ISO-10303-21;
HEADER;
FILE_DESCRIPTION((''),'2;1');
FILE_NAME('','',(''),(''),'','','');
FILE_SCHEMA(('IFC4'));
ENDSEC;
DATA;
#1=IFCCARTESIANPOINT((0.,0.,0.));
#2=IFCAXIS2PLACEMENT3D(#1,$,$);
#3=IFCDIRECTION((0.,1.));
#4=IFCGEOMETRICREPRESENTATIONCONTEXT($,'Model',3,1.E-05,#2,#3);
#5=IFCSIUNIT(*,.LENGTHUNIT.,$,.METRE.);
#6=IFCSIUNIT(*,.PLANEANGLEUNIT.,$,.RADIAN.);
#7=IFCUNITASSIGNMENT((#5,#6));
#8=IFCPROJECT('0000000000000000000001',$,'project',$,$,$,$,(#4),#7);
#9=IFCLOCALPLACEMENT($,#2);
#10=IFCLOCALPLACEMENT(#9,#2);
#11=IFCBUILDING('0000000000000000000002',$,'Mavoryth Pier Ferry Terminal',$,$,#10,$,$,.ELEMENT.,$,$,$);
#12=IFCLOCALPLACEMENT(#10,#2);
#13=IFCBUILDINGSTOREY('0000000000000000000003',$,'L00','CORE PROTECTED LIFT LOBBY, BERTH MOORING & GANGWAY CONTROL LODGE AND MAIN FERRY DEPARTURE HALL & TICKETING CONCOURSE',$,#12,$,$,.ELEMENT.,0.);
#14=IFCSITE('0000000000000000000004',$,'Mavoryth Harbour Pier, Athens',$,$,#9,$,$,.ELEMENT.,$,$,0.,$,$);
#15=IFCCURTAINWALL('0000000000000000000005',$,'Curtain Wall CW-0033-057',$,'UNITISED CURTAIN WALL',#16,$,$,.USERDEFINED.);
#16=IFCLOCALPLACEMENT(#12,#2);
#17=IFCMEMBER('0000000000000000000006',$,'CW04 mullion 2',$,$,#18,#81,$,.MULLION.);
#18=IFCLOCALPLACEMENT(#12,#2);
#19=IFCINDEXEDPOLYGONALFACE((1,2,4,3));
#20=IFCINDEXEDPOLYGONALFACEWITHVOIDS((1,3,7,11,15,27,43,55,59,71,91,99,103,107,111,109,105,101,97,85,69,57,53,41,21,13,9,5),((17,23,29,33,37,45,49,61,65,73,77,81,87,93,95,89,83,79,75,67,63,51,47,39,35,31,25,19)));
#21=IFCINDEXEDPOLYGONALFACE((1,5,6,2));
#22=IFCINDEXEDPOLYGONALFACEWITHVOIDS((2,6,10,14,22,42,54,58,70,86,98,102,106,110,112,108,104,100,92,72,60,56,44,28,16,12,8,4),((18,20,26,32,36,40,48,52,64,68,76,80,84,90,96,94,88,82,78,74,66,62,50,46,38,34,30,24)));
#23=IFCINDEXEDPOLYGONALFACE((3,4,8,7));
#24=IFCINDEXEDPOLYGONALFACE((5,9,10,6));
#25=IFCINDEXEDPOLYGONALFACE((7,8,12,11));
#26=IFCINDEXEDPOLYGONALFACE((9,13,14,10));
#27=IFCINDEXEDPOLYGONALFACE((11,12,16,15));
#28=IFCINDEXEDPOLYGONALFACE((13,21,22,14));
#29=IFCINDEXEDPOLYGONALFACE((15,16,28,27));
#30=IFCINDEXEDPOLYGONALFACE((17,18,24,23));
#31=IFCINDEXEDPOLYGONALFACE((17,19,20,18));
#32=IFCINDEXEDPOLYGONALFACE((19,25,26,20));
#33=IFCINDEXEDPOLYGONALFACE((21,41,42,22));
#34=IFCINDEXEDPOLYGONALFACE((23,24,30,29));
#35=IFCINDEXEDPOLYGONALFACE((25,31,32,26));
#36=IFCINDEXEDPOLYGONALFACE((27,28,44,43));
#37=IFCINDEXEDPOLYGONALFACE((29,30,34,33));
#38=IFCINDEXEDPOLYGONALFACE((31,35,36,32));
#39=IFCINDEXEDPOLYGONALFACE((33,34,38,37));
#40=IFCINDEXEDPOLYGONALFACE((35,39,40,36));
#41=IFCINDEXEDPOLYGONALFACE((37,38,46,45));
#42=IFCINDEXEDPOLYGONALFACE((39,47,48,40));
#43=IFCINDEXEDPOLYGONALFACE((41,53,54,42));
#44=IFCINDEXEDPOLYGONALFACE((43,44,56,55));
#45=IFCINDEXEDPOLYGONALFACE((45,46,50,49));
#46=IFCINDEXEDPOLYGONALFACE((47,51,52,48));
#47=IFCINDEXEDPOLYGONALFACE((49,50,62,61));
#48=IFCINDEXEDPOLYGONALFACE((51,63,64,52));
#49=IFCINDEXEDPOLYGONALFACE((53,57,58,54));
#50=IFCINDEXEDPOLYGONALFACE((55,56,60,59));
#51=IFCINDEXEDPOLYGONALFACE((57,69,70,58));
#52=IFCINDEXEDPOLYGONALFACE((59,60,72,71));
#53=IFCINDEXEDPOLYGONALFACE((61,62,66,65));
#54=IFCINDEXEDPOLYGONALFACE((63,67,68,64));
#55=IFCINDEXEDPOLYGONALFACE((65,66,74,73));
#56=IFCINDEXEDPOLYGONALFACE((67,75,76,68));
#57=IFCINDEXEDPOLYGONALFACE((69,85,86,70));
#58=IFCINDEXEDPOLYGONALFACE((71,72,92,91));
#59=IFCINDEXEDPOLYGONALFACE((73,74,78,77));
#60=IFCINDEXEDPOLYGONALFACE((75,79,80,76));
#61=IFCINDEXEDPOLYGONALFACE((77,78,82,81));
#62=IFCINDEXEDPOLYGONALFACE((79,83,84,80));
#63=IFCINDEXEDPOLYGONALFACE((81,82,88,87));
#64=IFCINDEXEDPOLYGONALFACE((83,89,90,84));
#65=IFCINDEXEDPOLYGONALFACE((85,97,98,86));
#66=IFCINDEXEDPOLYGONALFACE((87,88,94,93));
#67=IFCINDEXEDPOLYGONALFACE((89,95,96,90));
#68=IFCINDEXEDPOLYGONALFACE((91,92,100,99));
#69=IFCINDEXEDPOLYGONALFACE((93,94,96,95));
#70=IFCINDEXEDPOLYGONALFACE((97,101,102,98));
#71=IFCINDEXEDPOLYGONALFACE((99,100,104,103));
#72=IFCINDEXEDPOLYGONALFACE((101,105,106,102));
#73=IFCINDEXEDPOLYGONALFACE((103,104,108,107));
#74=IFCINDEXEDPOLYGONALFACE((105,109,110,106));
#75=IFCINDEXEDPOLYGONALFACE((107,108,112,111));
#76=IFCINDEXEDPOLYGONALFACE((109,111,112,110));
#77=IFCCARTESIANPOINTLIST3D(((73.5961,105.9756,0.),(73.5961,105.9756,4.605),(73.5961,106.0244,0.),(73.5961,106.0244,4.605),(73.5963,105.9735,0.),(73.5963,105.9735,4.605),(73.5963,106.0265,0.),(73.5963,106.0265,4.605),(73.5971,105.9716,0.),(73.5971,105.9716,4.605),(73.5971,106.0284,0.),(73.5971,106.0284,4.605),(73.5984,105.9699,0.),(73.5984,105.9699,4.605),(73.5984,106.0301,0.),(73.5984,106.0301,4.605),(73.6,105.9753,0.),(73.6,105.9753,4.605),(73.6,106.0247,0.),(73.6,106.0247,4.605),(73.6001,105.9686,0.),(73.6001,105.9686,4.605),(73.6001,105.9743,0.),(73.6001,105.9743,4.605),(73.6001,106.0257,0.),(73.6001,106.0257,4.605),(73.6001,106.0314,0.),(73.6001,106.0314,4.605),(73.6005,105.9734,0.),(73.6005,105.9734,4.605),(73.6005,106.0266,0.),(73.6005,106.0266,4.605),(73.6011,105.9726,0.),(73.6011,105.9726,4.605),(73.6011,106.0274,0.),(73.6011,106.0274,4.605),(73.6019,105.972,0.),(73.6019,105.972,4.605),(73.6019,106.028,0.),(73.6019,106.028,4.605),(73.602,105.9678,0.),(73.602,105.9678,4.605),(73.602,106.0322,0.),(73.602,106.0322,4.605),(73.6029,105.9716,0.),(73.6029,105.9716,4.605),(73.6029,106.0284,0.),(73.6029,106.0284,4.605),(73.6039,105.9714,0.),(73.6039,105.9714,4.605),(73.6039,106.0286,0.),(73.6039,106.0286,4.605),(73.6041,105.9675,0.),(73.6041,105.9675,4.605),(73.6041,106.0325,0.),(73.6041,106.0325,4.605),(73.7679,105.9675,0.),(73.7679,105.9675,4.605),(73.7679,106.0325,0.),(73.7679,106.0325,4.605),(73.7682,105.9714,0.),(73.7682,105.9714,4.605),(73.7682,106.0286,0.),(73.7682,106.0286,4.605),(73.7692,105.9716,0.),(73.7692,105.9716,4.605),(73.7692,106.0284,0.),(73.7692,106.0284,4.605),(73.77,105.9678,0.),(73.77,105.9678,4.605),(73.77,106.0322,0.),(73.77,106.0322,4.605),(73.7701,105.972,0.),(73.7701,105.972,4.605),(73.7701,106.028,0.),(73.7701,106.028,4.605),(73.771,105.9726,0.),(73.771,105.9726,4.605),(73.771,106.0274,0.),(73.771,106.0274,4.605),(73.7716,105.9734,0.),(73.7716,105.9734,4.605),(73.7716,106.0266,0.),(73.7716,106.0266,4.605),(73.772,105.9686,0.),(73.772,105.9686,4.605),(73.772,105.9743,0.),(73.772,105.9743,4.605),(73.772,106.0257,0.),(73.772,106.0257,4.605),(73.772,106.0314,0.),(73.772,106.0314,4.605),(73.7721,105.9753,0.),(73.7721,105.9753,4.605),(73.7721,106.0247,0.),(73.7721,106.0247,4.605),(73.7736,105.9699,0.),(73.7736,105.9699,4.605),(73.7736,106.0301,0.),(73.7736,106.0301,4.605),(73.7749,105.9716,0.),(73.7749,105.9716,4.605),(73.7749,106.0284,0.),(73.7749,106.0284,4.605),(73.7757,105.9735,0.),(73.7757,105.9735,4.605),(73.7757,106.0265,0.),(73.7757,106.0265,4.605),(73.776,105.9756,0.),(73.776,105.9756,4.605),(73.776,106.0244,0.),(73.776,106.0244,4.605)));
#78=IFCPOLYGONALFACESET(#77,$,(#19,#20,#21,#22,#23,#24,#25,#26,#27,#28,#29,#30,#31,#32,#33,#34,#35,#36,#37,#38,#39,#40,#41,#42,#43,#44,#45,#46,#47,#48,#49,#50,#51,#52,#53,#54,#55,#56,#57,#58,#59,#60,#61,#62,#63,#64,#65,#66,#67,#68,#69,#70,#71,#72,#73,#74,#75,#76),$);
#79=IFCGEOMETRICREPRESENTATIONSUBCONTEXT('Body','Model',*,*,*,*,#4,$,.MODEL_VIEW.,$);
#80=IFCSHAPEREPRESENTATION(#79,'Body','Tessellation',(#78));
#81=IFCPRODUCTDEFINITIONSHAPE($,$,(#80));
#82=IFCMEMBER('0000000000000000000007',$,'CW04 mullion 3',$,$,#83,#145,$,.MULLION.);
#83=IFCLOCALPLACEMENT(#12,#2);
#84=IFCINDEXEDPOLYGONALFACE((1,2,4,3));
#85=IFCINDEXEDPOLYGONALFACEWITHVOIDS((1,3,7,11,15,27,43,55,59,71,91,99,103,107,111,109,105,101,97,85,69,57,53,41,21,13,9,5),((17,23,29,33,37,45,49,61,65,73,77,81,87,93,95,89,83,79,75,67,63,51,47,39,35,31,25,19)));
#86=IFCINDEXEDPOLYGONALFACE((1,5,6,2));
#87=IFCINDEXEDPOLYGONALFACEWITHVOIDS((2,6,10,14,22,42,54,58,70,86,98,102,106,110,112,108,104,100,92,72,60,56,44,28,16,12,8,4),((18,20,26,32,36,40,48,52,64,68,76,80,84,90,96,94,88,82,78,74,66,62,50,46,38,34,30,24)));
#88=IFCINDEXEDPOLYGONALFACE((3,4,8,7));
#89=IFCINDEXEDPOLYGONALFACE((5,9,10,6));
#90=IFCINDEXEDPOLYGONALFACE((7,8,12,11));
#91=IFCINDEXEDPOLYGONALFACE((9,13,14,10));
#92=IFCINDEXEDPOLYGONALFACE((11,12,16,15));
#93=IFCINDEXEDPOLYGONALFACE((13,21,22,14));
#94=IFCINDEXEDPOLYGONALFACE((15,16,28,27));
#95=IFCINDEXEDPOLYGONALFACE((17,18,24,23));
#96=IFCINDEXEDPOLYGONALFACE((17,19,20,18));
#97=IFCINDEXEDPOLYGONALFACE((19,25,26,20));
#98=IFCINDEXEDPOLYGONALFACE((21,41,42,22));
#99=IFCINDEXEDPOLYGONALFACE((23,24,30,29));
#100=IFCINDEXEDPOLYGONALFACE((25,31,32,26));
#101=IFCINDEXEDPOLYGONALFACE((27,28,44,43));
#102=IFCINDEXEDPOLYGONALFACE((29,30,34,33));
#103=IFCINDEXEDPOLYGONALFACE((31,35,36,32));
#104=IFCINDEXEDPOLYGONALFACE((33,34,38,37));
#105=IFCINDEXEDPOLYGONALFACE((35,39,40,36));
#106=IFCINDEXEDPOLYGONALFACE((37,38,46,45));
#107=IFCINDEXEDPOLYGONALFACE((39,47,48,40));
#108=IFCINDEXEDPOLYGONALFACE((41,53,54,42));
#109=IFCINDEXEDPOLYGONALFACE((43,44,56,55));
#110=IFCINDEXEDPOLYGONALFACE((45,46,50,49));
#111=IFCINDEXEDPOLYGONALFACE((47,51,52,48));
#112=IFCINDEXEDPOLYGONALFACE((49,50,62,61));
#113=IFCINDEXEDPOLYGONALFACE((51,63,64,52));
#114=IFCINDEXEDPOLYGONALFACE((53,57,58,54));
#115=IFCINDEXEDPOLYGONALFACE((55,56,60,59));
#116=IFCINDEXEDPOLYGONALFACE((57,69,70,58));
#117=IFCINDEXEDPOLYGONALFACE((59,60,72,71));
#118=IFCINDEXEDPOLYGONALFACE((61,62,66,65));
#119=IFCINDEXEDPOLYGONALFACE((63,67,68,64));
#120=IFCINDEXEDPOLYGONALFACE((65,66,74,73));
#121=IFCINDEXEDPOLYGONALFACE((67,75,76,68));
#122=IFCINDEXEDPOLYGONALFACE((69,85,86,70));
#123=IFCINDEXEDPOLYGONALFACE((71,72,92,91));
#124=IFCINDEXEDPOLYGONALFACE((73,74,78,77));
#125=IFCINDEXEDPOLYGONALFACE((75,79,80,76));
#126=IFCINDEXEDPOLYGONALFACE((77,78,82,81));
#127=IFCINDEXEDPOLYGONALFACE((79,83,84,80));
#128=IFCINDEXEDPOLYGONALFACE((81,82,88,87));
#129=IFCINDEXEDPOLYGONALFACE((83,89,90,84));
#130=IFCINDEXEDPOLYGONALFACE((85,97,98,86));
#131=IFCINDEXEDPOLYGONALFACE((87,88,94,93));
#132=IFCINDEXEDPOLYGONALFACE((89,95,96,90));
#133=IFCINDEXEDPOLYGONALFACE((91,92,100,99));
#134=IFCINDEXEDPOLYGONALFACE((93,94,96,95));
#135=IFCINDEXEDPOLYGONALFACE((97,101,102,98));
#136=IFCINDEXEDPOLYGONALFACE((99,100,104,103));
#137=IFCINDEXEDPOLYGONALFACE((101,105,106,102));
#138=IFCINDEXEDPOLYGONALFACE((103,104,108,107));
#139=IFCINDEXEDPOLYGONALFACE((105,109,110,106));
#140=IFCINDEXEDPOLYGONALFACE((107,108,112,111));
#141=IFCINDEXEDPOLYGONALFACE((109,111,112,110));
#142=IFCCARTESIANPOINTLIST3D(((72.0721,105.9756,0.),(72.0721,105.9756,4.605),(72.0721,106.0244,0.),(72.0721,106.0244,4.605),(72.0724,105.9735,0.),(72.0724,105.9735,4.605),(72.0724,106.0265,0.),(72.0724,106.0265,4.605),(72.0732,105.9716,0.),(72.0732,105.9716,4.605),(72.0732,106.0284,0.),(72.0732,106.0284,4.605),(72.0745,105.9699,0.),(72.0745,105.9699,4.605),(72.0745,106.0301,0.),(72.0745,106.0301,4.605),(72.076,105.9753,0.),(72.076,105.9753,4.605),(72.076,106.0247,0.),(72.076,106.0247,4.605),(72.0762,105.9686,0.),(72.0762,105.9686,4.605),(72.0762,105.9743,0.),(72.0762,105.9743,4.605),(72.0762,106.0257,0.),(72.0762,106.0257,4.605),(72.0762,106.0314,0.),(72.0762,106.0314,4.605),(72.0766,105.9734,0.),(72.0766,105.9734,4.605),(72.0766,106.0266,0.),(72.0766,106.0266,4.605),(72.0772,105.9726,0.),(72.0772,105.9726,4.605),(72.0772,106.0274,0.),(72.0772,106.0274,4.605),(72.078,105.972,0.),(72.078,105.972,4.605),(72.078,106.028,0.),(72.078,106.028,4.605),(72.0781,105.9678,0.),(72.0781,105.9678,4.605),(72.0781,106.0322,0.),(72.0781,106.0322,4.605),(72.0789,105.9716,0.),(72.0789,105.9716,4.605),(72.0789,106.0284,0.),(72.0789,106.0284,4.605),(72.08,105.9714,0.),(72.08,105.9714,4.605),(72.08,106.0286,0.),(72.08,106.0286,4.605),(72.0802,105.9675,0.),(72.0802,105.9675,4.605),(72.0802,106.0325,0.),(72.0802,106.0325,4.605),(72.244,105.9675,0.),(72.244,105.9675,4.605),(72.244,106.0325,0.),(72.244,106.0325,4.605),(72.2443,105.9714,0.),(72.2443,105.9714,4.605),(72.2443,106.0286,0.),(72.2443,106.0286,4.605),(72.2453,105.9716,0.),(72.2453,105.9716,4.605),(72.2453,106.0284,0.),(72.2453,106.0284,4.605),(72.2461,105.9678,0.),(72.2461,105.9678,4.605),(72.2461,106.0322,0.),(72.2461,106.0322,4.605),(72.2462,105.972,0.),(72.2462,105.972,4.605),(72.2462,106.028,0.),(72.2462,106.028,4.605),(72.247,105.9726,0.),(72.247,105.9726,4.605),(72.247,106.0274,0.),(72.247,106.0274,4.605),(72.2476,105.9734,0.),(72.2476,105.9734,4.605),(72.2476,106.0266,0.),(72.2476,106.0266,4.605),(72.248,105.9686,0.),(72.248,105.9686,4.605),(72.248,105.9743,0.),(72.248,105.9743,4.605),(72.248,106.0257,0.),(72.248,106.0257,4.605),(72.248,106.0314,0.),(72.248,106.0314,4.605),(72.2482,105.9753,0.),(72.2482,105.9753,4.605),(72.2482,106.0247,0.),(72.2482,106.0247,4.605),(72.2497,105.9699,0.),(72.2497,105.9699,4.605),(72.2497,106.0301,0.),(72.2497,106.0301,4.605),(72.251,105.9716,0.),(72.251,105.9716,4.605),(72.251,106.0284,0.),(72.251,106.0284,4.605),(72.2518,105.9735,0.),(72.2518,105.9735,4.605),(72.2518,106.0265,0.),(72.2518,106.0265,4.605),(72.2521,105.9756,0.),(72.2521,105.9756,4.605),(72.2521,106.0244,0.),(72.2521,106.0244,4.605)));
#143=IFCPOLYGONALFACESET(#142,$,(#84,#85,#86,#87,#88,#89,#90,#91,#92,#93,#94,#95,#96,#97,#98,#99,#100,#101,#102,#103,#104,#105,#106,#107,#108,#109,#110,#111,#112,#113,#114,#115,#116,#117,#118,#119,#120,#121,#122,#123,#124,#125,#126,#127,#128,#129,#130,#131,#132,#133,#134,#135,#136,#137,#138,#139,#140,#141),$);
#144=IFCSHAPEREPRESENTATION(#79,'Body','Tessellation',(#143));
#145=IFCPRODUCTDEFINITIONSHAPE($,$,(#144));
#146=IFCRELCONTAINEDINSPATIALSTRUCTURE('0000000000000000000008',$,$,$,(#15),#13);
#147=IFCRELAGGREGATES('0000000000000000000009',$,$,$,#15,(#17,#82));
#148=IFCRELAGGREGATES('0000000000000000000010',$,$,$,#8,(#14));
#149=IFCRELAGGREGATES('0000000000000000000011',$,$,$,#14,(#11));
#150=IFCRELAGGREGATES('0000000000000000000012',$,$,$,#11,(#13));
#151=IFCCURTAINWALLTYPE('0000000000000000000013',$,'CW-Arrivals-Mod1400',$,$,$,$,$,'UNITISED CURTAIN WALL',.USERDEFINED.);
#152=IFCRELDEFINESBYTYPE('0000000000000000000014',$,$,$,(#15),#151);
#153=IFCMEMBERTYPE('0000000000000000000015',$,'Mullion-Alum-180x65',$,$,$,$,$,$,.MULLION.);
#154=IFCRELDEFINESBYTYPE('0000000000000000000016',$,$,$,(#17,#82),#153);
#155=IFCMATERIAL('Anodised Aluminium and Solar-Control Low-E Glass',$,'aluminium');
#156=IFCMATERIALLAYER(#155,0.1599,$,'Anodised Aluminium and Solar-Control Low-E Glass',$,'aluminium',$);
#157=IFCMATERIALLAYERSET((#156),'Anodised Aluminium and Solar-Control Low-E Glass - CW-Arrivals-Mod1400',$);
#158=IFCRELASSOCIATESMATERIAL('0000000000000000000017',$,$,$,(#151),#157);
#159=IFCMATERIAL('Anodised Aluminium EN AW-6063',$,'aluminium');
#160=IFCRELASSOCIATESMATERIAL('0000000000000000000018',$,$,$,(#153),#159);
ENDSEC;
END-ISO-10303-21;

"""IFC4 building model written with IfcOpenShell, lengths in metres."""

from ifc_helpers import new_model, si_unit, direction, frame, origin, origin_2d, place, context, subcontext, project, spatial, hollow_rectangle, extrude, material, layer, layer_set, material_profile, profile_set, type_object, element, aggregate, save


model = new_model("IFC4")

# Units and contexts
model_context = context("Model", 3, precision=1e-05, world=origin(), true_north=direction((0.0, 1.0)))
body_context = subcontext(model_context, "Body", "Model", "MODEL_VIEW")
ifc_project = project(units=[si_unit("LENGTHUNIT", "METRE"), si_unit("PLANEANGLEUNIT", "RADIAN")], contexts=[model_context])

# Site, building, storey
site_placement = place(None, origin())
site = spatial("IfcSite", under=ifc_project, at=site_placement, Name="Mavoryth Harbour Pier, Athens", CompositionType="ELEMENT", RefElevation=0.0)
building_placement = place(site_placement, origin())
building = spatial("IfcBuilding", under=site, at=building_placement, Name="Mavoryth Pier Ferry Terminal", CompositionType="ELEMENT")
storey_placement = place(building_placement, origin())
storey = spatial("IfcBuildingStorey", under=building, at=storey_placement, Name="L00", Description="CORE PROTECTED LIFT LOBBY, BERTH MOORING & GANGWAY CONTROL LODGE AND MAIN FERRY DEPARTURE HALL & TICKETING CONCOURSE", CompositionType="ELEMENT", Elevation=0.0)

# Curtain wall, members
ifc_material_1 = material(Name="Anodised Aluminium and Solar-Control Low-E Glass", Category="aluminium")
ifc_layer_1 = layer(ifc_material_1, 0.1599, Name="Anodised Aluminium and Solar-Control Low-E Glass", Category="aluminium")
ifc_layer_set_1 = layer_set([ifc_layer_1], Name="Anodised Aluminium and Solar-Control Low-E Glass - CW-Arrivals-Mod1400")
curtain_wall_type = type_object("IfcCurtainWallType", Name="CW-Arrivals-Mod1400", ElementType="UNITISED CURTAIN WALL", PredefinedType="USERDEFINED", material=ifc_layer_set_1)
curtain_wall_placement = place(storey_placement, origin())
curtain_wall = element("IfcCurtainWall", 1, at=curtain_wall_placement, inside=storey, type_object=curtain_wall_type, Name="Curtain Wall CW-0033-057", ObjectType="UNITISED CURTAIN WALL", PredefinedType="USERDEFINED")
ifc_material_2 = material(Name="Anodised Aluminium EN AW-6063", Category="aluminium")
ifc_material_profile_1 = material_profile(ifc_material_2, hollow_rectangle(XDim=0.0649, YDim=0.1799, WallThickness=0.0039, InnerFilletRadius=0.0039, OuterFilletRadius=0.0081, at=origin_2d()), Name="AL-MULL 180x65x4", Category="aluminium")
ifc_profile_set_1 = profile_set([ifc_material_profile_1], Name="Anodised Aluminium EN AW-6063 - AL-MULL 180x65x4")
member_type_1 = type_object("IfcMemberType", Name="Mullion-Alum-180x65", PredefinedType="MULLION", material=ifc_profile_set_1)
member_1_placement = place(storey_placement, frame((73.686, 106.0, 0.0), z_axis=(0.0, 0.0, 1.0), x_axis=(0.0, -1.0, 0.0)))
member_1 = element("IfcMember", 2, at=member_1_placement, type_object=member_type_1, Name="CW04 mullion 2", PredefinedType="MULLION", context=body_context, shape_type="SweptSolid", body=[
    extrude(hollow_rectangle(XDim=0.0649, YDim=0.1799, WallThickness=0.0039, InnerFilletRadius=0.0039, OuterFilletRadius=0.0081, at=origin_2d()), origin(), (0.0, 0.0, 1.0), 4.605),
])
member_2_placement = place(storey_placement, frame((72.1621, 106.0, 0.0), z_axis=(0.0, 0.0, 1.0), x_axis=(0.0, -1.0, 0.0)))
member_2 = element("IfcMember", 3, at=member_2_placement, type_object=member_type_1, Name="CW04 mullion 3", PredefinedType="MULLION", context=body_context, shape_type="SweptSolid", body=[
    extrude(hollow_rectangle(XDim=0.0649, YDim=0.1799, WallThickness=0.0039, InnerFilletRadius=0.0039, OuterFilletRadius=0.0081, at=origin_2d()), origin(), (0.0, 0.0, 1.0), 4.605),
])
aggregate(curtain_wall, [member_1, member_2])

save(model, "model.ifc")
